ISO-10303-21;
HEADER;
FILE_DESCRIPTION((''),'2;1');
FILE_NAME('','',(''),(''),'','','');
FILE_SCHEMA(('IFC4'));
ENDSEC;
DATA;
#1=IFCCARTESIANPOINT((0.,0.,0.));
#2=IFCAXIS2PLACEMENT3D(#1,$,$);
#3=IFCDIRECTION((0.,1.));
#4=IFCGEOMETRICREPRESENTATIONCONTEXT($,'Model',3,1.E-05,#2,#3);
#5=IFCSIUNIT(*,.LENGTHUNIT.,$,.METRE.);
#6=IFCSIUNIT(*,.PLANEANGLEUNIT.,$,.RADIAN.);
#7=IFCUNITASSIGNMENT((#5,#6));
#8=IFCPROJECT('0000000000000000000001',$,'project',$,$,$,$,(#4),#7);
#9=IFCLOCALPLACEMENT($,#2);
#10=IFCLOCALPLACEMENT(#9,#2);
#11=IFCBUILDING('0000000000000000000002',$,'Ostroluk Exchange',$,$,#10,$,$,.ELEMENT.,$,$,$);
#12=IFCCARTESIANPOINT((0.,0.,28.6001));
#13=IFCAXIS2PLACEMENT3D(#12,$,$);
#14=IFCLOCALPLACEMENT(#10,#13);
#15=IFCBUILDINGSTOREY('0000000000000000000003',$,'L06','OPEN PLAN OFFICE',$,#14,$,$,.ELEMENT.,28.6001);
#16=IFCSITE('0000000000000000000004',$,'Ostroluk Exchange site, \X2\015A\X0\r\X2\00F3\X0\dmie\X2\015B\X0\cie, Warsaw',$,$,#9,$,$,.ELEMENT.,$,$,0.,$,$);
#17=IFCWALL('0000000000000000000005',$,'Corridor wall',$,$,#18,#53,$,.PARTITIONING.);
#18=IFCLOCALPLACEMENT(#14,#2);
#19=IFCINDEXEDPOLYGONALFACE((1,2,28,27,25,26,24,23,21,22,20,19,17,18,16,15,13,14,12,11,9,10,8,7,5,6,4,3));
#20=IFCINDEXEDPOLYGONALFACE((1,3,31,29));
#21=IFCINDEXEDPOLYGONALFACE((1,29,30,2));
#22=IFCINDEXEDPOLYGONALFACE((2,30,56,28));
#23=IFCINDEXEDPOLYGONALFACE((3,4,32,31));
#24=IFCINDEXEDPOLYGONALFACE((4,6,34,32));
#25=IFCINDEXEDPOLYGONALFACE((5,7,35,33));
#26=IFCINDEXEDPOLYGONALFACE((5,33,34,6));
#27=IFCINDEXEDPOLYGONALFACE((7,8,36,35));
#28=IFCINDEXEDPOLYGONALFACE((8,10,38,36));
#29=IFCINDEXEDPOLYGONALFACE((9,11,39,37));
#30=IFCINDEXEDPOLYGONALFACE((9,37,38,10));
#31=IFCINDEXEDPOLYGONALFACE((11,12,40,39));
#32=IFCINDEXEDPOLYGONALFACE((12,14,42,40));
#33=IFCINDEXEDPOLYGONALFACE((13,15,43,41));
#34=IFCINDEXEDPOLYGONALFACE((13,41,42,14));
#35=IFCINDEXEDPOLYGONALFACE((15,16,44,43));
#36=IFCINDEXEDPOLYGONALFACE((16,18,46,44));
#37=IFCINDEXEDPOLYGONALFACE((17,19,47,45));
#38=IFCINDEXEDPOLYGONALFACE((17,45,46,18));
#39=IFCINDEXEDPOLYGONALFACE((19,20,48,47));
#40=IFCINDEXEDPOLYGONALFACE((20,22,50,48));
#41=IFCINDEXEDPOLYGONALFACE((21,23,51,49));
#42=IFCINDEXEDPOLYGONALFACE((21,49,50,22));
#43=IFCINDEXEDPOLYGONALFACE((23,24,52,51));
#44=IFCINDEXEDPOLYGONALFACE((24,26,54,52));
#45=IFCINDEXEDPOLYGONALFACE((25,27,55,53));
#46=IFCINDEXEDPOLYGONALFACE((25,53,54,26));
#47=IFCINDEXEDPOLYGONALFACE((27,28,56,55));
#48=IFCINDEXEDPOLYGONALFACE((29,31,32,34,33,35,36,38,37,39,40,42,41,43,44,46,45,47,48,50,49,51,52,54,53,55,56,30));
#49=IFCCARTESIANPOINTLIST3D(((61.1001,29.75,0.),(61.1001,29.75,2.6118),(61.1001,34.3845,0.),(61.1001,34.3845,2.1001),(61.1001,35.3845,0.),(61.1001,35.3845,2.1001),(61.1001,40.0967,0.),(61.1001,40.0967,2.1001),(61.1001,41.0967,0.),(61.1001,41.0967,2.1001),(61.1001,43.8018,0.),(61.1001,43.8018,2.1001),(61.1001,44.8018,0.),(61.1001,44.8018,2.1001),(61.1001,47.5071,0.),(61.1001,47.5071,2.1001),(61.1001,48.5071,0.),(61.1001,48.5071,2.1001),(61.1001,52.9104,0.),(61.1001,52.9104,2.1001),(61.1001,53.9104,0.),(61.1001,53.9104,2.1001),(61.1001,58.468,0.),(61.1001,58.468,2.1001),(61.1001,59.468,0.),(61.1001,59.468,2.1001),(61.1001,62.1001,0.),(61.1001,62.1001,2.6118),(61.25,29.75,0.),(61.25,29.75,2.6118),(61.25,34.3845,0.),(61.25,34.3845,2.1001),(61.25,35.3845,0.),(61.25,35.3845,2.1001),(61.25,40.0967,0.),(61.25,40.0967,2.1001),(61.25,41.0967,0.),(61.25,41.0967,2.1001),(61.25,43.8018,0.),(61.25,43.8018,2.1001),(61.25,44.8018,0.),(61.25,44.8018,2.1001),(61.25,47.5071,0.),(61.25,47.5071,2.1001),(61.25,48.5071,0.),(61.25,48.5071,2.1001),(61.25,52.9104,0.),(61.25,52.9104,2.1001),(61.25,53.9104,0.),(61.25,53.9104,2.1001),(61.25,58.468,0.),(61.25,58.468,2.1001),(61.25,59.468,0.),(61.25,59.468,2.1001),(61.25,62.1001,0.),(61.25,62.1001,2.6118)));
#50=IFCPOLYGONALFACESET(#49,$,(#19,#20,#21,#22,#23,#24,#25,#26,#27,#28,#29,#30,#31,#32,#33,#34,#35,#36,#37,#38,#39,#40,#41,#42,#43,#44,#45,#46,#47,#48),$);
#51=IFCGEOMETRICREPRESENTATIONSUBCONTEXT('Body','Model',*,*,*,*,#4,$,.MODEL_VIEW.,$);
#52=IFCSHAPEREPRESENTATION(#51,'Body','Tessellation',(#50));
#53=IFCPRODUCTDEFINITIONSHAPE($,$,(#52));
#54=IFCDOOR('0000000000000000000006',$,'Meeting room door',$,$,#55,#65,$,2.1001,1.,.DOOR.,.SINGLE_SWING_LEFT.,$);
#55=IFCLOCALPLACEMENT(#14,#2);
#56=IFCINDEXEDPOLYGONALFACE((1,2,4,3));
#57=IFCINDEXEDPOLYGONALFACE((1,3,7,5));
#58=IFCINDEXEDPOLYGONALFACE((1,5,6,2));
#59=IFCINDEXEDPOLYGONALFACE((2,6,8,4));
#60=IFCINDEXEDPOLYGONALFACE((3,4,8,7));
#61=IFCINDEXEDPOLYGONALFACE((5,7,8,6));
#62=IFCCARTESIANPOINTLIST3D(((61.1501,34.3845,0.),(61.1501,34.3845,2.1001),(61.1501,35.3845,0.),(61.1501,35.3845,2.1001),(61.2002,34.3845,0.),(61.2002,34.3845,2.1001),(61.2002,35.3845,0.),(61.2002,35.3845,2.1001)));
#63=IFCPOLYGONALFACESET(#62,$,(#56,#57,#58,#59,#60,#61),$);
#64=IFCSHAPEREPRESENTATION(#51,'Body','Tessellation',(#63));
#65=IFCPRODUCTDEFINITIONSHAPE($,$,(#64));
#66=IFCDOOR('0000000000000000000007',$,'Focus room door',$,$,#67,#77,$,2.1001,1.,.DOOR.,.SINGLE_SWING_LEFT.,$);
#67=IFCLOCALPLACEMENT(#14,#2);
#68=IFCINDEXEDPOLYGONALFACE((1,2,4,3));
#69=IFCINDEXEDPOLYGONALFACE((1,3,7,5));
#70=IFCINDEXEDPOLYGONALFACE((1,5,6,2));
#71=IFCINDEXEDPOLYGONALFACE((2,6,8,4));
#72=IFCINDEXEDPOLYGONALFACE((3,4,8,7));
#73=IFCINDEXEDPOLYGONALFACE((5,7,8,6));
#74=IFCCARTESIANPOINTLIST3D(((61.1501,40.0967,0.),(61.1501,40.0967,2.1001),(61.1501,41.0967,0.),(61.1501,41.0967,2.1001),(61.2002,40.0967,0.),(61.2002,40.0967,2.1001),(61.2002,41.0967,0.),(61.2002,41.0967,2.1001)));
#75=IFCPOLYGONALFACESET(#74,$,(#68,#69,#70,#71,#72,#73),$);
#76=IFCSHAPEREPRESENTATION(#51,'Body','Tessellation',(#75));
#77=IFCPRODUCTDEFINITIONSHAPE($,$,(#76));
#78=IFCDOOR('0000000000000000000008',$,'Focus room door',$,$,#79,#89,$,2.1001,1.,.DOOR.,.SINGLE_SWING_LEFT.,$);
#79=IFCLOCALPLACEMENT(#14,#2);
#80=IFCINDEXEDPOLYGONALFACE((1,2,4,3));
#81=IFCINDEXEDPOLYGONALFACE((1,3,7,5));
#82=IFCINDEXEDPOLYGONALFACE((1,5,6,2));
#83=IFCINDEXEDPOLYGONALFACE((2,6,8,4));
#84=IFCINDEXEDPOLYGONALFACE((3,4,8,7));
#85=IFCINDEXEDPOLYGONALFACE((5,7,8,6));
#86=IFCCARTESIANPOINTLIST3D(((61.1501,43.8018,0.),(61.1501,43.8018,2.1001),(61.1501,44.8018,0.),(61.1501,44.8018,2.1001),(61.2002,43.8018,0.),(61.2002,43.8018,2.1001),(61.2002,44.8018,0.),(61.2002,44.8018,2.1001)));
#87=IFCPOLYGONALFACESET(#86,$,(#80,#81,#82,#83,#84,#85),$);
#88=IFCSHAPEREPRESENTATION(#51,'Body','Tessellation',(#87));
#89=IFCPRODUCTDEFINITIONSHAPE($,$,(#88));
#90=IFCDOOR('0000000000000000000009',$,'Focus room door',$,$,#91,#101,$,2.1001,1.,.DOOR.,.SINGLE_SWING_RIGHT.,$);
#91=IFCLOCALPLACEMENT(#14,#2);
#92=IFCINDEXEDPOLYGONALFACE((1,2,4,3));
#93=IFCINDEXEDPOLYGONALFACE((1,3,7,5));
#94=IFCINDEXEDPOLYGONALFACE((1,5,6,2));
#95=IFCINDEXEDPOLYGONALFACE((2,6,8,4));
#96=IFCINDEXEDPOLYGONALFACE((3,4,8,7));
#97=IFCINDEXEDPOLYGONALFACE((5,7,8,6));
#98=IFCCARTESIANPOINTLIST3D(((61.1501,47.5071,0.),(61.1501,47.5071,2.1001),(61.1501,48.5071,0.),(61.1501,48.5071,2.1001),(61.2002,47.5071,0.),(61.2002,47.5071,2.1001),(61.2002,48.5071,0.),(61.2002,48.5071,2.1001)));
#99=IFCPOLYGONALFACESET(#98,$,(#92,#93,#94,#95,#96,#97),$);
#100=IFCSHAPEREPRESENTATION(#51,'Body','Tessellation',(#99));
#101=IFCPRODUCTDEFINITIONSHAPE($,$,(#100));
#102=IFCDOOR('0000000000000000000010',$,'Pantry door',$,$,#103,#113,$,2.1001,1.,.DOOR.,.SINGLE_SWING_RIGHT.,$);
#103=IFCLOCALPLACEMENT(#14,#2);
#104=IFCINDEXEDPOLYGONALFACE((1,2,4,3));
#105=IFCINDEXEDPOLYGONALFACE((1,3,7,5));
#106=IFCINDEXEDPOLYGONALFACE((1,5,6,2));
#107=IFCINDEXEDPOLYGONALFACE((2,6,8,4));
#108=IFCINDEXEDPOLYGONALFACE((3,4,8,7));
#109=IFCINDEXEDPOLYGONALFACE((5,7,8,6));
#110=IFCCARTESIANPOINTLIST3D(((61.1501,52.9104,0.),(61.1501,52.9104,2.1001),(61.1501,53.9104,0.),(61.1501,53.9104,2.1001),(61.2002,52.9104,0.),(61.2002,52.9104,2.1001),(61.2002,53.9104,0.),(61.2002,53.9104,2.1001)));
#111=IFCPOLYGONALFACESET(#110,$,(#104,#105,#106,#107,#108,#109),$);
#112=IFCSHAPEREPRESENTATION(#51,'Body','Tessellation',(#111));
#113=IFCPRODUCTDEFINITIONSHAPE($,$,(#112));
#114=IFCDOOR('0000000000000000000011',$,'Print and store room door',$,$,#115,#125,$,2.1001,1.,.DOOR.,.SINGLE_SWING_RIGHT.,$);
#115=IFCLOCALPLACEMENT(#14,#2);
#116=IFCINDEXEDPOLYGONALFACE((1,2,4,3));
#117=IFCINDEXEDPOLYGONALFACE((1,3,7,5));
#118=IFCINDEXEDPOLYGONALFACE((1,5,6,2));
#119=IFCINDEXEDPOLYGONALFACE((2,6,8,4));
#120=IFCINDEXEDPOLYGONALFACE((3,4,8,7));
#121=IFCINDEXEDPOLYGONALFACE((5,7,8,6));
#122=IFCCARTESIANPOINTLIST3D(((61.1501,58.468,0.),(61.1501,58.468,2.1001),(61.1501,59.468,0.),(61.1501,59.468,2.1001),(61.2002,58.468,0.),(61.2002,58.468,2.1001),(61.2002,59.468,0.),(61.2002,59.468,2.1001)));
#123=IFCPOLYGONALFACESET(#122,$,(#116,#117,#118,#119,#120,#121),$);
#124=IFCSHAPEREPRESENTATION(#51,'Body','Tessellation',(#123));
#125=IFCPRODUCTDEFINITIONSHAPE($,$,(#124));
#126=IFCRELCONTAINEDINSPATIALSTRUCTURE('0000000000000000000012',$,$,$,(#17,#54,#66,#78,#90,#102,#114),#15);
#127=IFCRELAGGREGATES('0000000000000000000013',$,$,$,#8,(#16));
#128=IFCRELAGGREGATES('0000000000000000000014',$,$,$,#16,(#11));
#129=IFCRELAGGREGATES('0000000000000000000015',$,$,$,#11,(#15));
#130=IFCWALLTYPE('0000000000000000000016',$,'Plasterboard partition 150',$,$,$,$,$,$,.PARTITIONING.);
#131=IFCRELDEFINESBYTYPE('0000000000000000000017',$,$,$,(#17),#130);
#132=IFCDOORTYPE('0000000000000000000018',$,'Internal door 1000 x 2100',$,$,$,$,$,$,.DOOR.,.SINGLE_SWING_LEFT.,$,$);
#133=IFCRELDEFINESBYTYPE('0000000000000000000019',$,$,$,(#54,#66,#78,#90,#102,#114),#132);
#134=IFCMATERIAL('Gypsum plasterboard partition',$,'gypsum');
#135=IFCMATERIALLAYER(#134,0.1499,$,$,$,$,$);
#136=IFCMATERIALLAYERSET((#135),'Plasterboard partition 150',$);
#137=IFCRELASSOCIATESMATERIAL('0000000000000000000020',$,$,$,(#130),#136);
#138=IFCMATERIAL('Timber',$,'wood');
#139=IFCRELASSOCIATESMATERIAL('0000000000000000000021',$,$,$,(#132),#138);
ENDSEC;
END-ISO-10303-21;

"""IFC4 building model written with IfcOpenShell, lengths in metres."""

from ifc_helpers import new_model, si_unit, direction, frame, frame_2d, origin, place, context, subcontext, project, spatial, rectangle, extrude, material, layer, layer_set, type_object, element, fill, save


model = new_model("IFC4")

# Units and contexts
model_context = context("Model", 3, precision=1e-05, world=origin(), true_north=direction((0.0, 1.0)))
body_context = subcontext(model_context, "Body", "Model", "MODEL_VIEW")
ifc_project = project(units=[si_unit("LENGTHUNIT", "METRE"), si_unit("PLANEANGLEUNIT", "RADIAN")], contexts=[model_context])

# Site, building, storey
site_placement = place(None, origin())
site = spatial("IfcSite", under=ifc_project, at=site_placement, Name="Ostroluk Exchange site, Śródmieście, Warsaw", CompositionType="ELEMENT", RefElevation=0.0)
building_placement = place(site_placement, origin())
building = spatial("IfcBuilding", under=site, at=building_placement, Name="Ostroluk Exchange", CompositionType="ELEMENT")
storey_placement = place(building_placement, frame((0.0, 0.0, 28.6001)))
storey = spatial("IfcBuildingStorey", under=building, at=storey_placement, Name="L06", Description="OPEN PLAN OFFICE", CompositionType="ELEMENT", Elevation=28.6001)

# Shared definitions
ifc_material_1 = material(Name="Gypsum plasterboard partition", Category="gypsum")
ifc_layer_1 = layer(ifc_material_1, 0.1499)
ifc_layer_set_1 = layer_set([ifc_layer_1], Name="Plasterboard partition 150")
wall_type = type_object("IfcWallType", Name="Plasterboard partition 150", PredefinedType="PARTITIONING", material=ifc_layer_set_1)

# Wall, openings, doors
wall_1_placement = place(storey_placement, frame((61.175, 29.75, 0.0), z_axis=(0.0, 0.0, 1.0), x_axis=(0.0, 1.0, 0.0)))
wall_1 = element("IfcWall", 1, at=wall_1_placement, inside=storey, type_object=wall_type, Name="Corridor wall", PredefinedType="PARTITIONING", context=body_context, shape_type="SweptSolid", body=[
    extrude(rectangle(XDim=32.3501, YDim=0.1499, at=frame_2d((16.175, 0.0))), origin(), (0.0, 0.0, 1.0), 2.6118),
])
opening_1_placement = place(wall_1_placement, frame((4.6345, 0.0, 0.0)))
opening_1 = element("IfcOpeningElement", 2, at=opening_1_placement, cuts=wall_1, PredefinedType="OPENING", context=body_context, shape_type="SweptSolid", body=[
    extrude(rectangle(XDim=1.0, YDim=2.1001, at=frame_2d((0.5, 1.05))), frame((0.0, 0.085, 0.0), z_axis=(0.0, -1.0, 0.0), x_axis=(1.0, 0.0, 0.0)), (0.0, 0.0, 1.0), 0.1699),
])
opening_2_placement = place(wall_1_placement, frame((10.3467, 0.0, 0.0)))
opening_2 = element("IfcOpeningElement", 3, at=opening_2_placement, cuts=wall_1, PredefinedType="OPENING", context=body_context, shape_type="SweptSolid", body=[
    extrude(rectangle(XDim=1.0, YDim=2.1001, at=frame_2d((0.5, 1.05))), frame((0.0, 0.085, 0.0), z_axis=(0.0, -1.0, 0.0), x_axis=(1.0, 0.0, 0.0)), (0.0, 0.0, 1.0), 0.1699),
])
opening_3_placement = place(wall_1_placement, frame((14.0518, 0.0, 0.0)))
opening_3 = element("IfcOpeningElement", 4, at=opening_3_placement, cuts=wall_1, PredefinedType="OPENING", context=body_context, shape_type="SweptSolid", body=[
    extrude(rectangle(XDim=1.0, YDim=2.1001, at=frame_2d((0.5, 1.05))), frame((0.0, 0.085, 0.0), z_axis=(0.0, -1.0, 0.0), x_axis=(1.0, 0.0, 0.0)), (0.0, 0.0, 1.0), 0.1699),
])
opening_4_placement = place(wall_1_placement, frame((17.7571, 0.0, 0.0)))
opening_4 = element("IfcOpeningElement", 5, at=opening_4_placement, cuts=wall_1, PredefinedType="OPENING", context=body_context, shape_type="SweptSolid", body=[
    extrude(rectangle(XDim=1.0, YDim=2.1001, at=frame_2d((0.5, 1.05))), frame((0.0, 0.085, 0.0), z_axis=(0.0, -1.0, 0.0), x_axis=(1.0, 0.0, 0.0)), (0.0, 0.0, 1.0), 0.1699),
])
opening_5_placement = place(wall_1_placement, frame((23.1604, 0.0, 0.0)))
opening_5 = element("IfcOpeningElement", 6, at=opening_5_placement, cuts=wall_1, PredefinedType="OPENING", context=body_context, shape_type="SweptSolid", body=[
    extrude(rectangle(XDim=1.0, YDim=2.1001, at=frame_2d((0.5, 1.05))), frame((0.0, 0.085, 0.0), z_axis=(0.0, -1.0, 0.0), x_axis=(1.0, 0.0, 0.0)), (0.0, 0.0, 1.0), 0.1699),
])
opening_6_placement = place(wall_1_placement, frame((28.718, 0.0, 0.0)))
opening_6 = element("IfcOpeningElement", 7, at=opening_6_placement, cuts=wall_1, PredefinedType="OPENING", context=body_context, shape_type="SweptSolid", body=[
    extrude(rectangle(XDim=1.0, YDim=2.1001, at=frame_2d((0.5, 1.05))), frame((0.0, 0.085, 0.0), z_axis=(0.0, -1.0, 0.0), x_axis=(1.0, 0.0, 0.0)), (0.0, 0.0, 1.0), 0.1699),
])
ifc_material_2 = material(Name="Timber", Category="wood")
door_type = type_object("IfcDoorType", Name="Internal door 1000 x 2100", OperationType="SINGLE_SWING_LEFT", PredefinedType="DOOR", material=ifc_material_2)
door_1_placement = place(opening_1_placement, origin())
door_1 = element("IfcDoor", 8, at=door_1_placement, inside=storey, type_object=door_type, Name="Meeting room door", OperationType="SINGLE_SWING_LEFT", OverallHeight=2.1001, OverallWidth=1.0, PredefinedType="DOOR", context=body_context, shape_type="SweptSolid", body=[
    extrude(rectangle(XDim=1.0, YDim=2.1001, at=frame_2d((0.5, 1.05))), frame((0.0, 0.0249, 0.0), z_axis=(0.0, -1.0, 0.0), x_axis=(1.0, 0.0, 0.0)), (0.0, 0.0, 1.0), 0.05),
])
fill(opening_1, door_1)
door_2_placement = place(opening_2_placement, origin())
door_2 = element("IfcDoor", 9, at=door_2_placement, inside=storey, type_object=door_type, Name="Focus room door", OperationType="SINGLE_SWING_LEFT", OverallHeight=2.1001, OverallWidth=1.0, PredefinedType="DOOR", context=body_context, shape_type="SweptSolid", body=[
    extrude(rectangle(XDim=1.0, YDim=2.1001, at=frame_2d((0.5, 1.05))), frame((0.0, 0.0249, 0.0), z_axis=(0.0, -1.0, 0.0), x_axis=(1.0, 0.0, 0.0)), (0.0, 0.0, 1.0), 0.05),
])
fill(opening_2, door_2)
door_3_placement = place(opening_3_placement, origin())
door_3 = element("IfcDoor", 10, at=door_3_placement, inside=storey, type_object=door_type, Name="Focus room door", OperationType="SINGLE_SWING_LEFT", OverallHeight=2.1001, OverallWidth=1.0, PredefinedType="DOOR", context=body_context, shape_type="SweptSolid", body=[
    extrude(rectangle(XDim=1.0, YDim=2.1001, at=frame_2d((0.5, 1.05))), frame((0.0, 0.0249, 0.0), z_axis=(0.0, -1.0, 0.0), x_axis=(1.0, 0.0, 0.0)), (0.0, 0.0, 1.0), 0.05),
])
fill(opening_3, door_3)
door_4_placement = place(opening_4_placement, origin())
door_4 = element("IfcDoor", 11, at=door_4_placement, inside=storey, type_object=door_type, Name="Focus room door", OperationType="SINGLE_SWING_RIGHT", OverallHeight=2.1001, OverallWidth=1.0, PredefinedType="DOOR", context=body_context, shape_type="SweptSolid", body=[
    extrude(rectangle(XDim=1.0, YDim=2.1001, at=frame_2d((0.5, 1.05))), frame((0.0, 0.0249, 0.0), z_axis=(0.0, -1.0, 0.0), x_axis=(1.0, 0.0, 0.0)), (0.0, 0.0, 1.0), 0.05),
])
fill(opening_4, door_4)
door_5_placement = place(opening_5_placement, origin())
door_5 = element("IfcDoor", 12, at=door_5_placement, inside=storey, type_object=door_type, Name="Pantry door", OperationType="SINGLE_SWING_RIGHT", OverallHeight=2.1001, OverallWidth=1.0, PredefinedType="DOOR", context=body_context, shape_type="SweptSolid", body=[
    extrude(rectangle(XDim=1.0, YDim=2.1001, at=frame_2d((0.5, 1.05))), frame((0.0, 0.0249, 0.0), z_axis=(0.0, -1.0, 0.0), x_axis=(1.0, 0.0, 0.0)), (0.0, 0.0, 1.0), 0.05),
])
fill(opening_5, door_5)
door_6_placement = place(opening_6_placement, origin())
door_6 = element("IfcDoor", 13, at=door_6_placement, inside=storey, type_object=door_type, Name="Print and store room door", OperationType="SINGLE_SWING_RIGHT", OverallHeight=2.1001, OverallWidth=1.0, PredefinedType="DOOR", context=body_context, shape_type="SweptSolid", body=[
    extrude(rectangle(XDim=1.0, YDim=2.1001, at=frame_2d((0.5, 1.05))), frame((0.0, 0.0249, 0.0), z_axis=(0.0, -1.0, 0.0), x_axis=(1.0, 0.0, 0.0)), (0.0, 0.0, 1.0), 0.05),
])
fill(opening_6, door_6)

save(model, "model.ifc")
